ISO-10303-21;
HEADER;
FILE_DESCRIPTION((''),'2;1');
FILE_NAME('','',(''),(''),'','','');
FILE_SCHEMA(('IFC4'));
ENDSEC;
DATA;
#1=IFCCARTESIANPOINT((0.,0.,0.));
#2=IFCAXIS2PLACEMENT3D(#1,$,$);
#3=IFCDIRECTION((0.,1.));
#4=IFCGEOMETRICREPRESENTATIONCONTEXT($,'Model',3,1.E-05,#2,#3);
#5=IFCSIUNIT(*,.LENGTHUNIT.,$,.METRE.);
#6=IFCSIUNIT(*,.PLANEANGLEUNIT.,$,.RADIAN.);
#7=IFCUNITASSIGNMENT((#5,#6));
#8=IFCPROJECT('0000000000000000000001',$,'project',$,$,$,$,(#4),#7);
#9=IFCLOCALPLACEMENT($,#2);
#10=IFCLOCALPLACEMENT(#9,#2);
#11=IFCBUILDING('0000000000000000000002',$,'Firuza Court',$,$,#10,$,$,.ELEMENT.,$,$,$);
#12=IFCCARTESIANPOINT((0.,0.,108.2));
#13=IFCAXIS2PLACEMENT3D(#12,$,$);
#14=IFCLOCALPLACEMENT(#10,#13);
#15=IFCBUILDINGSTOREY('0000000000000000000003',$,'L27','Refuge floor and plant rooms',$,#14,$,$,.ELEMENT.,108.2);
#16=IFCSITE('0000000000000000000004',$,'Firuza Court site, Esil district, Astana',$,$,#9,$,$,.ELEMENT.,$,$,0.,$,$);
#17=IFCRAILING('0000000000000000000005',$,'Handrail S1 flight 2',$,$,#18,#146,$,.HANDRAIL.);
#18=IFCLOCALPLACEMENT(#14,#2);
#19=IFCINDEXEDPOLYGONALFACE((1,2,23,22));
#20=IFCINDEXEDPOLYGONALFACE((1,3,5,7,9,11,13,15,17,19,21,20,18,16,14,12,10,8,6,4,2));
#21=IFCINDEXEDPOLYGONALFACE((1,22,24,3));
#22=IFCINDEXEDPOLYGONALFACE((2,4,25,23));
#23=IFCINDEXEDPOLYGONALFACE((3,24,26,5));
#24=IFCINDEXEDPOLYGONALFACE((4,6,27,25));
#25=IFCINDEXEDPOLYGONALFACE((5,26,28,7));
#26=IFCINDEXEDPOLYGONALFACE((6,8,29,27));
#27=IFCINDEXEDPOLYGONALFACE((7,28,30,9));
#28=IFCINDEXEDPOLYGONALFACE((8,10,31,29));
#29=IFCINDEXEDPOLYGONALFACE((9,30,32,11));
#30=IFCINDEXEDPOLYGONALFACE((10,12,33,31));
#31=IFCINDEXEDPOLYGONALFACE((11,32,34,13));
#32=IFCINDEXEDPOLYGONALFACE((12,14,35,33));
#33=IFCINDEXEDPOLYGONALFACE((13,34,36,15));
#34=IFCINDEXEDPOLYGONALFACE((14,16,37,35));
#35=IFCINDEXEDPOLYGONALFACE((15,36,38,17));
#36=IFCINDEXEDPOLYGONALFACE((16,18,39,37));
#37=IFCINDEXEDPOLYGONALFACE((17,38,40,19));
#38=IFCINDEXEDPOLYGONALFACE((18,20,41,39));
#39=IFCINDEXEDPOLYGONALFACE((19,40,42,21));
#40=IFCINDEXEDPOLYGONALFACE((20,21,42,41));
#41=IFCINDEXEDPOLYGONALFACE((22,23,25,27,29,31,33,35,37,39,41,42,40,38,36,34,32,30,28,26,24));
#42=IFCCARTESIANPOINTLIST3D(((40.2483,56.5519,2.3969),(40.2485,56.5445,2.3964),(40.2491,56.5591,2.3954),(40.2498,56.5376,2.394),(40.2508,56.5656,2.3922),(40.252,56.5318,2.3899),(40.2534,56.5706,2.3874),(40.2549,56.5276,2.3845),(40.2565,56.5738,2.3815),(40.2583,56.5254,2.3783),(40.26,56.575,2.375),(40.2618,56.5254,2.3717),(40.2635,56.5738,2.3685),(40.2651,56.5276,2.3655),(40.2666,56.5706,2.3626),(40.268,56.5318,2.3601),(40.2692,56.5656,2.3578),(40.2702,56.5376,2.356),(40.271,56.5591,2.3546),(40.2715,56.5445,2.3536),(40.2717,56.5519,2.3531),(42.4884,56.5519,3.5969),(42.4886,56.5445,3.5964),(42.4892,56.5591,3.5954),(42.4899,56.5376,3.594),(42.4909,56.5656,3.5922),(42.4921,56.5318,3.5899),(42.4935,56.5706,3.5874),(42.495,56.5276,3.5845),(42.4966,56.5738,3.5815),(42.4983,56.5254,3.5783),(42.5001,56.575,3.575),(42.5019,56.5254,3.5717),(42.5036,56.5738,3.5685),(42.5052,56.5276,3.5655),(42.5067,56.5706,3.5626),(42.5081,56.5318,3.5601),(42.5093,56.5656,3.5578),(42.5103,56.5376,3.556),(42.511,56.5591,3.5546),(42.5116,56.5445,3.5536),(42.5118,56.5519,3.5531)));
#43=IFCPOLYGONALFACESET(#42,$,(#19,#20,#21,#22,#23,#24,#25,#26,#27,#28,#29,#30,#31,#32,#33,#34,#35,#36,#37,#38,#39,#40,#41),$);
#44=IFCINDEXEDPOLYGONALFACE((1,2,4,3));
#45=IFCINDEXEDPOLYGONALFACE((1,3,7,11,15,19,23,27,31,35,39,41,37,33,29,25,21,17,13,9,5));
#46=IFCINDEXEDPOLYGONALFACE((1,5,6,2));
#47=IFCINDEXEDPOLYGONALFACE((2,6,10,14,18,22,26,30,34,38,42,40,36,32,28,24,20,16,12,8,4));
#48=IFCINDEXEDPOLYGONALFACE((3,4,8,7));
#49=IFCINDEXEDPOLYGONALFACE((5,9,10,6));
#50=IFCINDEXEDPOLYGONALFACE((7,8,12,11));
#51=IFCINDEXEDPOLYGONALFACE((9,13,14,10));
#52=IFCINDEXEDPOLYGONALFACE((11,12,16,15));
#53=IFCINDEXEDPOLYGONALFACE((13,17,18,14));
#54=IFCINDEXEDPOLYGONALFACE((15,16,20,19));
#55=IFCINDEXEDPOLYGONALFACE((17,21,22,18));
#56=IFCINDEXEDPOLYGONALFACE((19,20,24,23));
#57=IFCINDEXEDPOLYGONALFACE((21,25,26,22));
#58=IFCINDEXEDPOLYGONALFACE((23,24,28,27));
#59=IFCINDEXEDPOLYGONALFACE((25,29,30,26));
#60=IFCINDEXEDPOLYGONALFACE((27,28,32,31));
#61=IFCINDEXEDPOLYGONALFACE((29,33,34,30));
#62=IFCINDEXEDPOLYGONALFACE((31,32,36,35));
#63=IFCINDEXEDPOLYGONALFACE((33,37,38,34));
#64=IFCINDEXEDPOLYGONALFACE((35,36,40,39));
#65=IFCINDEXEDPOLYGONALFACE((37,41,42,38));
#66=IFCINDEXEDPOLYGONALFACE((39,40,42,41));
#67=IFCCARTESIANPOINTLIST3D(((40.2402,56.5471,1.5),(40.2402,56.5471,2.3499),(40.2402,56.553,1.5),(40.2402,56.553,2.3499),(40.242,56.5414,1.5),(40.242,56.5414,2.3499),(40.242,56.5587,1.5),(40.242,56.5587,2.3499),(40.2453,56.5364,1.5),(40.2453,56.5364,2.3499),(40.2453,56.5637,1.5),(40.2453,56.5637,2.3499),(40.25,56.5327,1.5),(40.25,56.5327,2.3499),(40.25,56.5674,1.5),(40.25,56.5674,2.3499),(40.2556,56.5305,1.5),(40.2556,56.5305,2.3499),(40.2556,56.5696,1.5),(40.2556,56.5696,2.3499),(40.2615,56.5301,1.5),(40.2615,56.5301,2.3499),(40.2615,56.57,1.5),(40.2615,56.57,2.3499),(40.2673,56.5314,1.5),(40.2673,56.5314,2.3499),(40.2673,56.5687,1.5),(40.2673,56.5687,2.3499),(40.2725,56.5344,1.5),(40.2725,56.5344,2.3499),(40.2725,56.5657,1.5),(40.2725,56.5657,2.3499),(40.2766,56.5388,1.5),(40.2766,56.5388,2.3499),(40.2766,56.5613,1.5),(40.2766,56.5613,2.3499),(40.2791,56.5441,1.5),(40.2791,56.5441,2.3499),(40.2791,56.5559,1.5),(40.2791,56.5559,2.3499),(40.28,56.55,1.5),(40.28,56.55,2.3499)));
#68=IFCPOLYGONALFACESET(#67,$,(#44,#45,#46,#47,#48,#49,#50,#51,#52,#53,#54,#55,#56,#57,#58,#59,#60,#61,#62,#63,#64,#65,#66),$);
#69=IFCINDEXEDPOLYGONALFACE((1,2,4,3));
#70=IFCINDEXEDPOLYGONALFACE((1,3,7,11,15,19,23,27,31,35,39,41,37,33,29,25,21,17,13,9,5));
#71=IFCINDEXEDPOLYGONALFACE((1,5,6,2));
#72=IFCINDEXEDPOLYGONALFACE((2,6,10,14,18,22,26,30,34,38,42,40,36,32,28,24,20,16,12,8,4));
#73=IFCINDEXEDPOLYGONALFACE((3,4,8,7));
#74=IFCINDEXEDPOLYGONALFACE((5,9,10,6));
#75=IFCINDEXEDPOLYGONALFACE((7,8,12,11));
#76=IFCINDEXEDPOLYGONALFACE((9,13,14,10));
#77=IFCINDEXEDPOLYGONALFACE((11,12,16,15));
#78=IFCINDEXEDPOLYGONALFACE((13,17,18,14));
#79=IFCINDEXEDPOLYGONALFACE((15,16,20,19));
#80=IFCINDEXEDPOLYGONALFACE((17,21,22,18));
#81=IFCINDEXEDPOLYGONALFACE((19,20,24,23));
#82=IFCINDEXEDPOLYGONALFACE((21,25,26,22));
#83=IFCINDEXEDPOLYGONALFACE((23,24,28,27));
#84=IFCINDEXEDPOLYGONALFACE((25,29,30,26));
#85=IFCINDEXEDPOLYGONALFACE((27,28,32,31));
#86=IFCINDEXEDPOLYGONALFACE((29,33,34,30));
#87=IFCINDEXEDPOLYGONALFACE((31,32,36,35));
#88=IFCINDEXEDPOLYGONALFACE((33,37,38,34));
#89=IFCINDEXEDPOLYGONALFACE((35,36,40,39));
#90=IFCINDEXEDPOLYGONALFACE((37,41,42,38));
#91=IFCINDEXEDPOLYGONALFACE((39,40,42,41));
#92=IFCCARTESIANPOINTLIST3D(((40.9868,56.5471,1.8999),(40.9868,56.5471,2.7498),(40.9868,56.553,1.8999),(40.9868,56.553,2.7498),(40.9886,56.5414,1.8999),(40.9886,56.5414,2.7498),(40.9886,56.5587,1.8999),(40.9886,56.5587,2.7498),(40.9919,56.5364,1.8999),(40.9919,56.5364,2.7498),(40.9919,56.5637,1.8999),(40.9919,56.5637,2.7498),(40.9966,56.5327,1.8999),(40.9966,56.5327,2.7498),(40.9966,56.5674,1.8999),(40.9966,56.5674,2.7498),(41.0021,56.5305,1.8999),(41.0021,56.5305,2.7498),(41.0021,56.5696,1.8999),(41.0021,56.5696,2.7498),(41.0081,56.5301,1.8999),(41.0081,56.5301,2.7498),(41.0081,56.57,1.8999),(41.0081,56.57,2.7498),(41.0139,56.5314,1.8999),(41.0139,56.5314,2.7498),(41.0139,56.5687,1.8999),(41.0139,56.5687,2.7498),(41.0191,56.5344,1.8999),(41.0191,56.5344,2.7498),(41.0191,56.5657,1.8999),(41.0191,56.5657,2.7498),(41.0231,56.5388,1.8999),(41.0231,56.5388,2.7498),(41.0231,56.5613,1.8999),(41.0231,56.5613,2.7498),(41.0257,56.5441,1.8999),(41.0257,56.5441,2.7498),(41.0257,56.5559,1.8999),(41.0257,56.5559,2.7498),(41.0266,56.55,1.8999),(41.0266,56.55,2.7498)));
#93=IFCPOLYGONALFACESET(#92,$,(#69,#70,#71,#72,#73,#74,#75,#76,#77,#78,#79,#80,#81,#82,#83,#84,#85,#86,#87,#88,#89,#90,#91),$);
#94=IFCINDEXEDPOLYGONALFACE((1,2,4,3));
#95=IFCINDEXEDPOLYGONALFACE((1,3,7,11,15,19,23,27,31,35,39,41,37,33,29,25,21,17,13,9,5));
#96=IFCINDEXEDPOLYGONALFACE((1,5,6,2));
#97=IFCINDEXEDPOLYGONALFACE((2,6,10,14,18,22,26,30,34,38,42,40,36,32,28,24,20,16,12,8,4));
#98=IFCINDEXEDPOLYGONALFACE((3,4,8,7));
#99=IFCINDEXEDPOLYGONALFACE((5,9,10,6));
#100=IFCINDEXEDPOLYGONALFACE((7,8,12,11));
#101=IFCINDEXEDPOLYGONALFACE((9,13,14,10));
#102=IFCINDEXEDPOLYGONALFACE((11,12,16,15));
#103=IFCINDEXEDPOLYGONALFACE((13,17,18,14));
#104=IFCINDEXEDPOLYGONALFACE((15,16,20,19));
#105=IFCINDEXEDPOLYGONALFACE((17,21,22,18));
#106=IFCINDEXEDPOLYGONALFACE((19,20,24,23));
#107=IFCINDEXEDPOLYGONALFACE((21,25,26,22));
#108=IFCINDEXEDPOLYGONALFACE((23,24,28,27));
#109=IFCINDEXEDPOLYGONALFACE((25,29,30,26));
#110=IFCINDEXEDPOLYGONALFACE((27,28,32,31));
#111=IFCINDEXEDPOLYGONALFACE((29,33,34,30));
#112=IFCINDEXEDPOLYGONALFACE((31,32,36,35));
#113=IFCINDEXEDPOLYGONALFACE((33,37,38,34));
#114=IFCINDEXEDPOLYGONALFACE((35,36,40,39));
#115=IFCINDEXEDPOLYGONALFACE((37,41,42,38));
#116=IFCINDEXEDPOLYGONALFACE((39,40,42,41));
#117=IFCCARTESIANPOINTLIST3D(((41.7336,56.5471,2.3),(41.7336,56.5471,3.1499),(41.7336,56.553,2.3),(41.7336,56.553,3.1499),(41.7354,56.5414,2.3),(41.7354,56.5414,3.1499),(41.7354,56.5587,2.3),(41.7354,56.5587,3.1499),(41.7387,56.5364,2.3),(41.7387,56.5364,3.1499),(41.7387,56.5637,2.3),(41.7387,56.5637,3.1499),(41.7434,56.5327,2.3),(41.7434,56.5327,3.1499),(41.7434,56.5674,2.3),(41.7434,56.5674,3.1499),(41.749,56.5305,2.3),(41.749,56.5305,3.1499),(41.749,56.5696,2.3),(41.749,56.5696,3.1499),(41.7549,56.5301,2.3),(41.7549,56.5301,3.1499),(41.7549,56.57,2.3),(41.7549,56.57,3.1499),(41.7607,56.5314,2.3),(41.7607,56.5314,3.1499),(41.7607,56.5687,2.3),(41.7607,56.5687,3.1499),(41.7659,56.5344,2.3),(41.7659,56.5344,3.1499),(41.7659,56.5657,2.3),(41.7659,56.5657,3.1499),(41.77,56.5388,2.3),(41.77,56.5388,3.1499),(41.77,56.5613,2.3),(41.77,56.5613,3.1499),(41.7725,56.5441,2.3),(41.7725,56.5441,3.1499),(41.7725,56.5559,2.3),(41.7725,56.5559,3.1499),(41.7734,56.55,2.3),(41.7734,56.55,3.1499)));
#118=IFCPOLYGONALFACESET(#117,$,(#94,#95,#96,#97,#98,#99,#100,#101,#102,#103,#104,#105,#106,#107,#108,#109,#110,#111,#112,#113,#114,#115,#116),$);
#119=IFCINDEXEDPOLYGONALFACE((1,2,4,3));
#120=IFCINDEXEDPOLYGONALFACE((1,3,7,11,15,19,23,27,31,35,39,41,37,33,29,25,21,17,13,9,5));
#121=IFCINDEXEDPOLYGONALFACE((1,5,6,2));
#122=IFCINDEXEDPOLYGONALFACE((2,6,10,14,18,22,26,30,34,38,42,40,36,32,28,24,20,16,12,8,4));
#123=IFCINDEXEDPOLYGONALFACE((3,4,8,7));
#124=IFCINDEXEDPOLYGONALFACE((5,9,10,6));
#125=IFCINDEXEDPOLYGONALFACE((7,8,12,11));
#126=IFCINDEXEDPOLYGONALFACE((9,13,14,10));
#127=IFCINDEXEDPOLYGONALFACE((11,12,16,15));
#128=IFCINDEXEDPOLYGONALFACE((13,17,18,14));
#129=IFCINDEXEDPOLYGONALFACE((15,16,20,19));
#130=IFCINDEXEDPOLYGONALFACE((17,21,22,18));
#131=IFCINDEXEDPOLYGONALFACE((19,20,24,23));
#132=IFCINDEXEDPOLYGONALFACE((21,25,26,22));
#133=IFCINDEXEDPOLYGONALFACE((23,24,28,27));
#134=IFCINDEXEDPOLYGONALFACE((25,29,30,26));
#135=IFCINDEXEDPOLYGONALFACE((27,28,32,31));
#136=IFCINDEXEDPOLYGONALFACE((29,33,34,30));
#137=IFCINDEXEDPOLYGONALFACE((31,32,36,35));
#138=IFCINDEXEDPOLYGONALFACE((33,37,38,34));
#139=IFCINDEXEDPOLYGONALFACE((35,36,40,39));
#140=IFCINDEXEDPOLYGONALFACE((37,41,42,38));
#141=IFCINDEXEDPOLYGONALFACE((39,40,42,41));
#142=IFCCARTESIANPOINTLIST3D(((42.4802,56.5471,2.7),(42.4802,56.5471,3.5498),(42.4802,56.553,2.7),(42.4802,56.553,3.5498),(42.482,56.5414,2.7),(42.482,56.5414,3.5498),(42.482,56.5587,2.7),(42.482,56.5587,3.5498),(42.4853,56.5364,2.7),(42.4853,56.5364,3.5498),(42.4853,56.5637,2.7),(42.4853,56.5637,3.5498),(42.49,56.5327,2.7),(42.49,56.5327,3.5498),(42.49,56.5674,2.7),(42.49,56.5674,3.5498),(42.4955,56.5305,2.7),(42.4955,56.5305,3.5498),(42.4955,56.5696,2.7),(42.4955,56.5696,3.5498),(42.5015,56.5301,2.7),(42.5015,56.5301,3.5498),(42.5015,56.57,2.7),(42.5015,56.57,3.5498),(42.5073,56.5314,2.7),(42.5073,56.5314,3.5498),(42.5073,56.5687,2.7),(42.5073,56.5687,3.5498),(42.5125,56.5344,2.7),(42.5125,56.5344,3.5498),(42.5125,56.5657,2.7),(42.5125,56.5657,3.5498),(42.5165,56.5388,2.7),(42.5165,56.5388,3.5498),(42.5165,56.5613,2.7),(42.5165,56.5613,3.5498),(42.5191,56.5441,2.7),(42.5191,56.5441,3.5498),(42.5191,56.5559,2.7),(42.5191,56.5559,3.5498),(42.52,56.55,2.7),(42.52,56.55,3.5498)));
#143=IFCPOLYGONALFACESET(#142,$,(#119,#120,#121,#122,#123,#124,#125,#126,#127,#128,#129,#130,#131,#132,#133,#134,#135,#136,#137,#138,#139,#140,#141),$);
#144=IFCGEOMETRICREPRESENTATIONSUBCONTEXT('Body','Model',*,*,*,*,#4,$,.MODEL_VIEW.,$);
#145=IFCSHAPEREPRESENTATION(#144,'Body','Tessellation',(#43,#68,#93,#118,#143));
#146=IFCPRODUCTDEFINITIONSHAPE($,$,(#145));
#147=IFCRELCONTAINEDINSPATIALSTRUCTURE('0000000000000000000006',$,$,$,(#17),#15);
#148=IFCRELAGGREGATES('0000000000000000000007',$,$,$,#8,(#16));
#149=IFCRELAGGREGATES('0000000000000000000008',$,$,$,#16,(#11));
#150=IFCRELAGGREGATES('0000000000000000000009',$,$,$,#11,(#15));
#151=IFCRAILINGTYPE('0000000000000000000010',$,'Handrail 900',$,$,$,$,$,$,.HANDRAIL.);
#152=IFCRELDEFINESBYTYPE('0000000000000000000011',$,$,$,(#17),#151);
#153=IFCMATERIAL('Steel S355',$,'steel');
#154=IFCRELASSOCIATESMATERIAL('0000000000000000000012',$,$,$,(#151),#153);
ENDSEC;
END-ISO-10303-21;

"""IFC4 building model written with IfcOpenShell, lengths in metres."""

from ifc_helpers import new_model, si_unit, direction, frame, origin, origin_2d, place, context, subcontext, project, spatial, circle, extrude, material, type_object, element, save


model = new_model("IFC4")

# Units and contexts
model_context = context("Model", 3, precision=1e-05, world=origin(), true_north=direction((0.0, 1.0)))
body_context = subcontext(model_context, "Body", "Model", "MODEL_VIEW")
ifc_project = project(units=[si_unit("LENGTHUNIT", "METRE"), si_unit("PLANEANGLEUNIT", "RADIAN")], contexts=[model_context])

# Site, building, storey
site_placement = place(None, origin())
site = spatial("IfcSite", under=ifc_project, at=site_placement, Name="Firuza Court site, Esil district, Astana", CompositionType="ELEMENT", RefElevation=0.0)
building_placement = place(site_placement, origin())
building = spatial("IfcBuilding", under=site, at=building_placement, Name="Firuza Court", CompositionType="ELEMENT")
storey_placement = place(building_placement, frame((0.0, 0.0, 108.2)))
storey = spatial("IfcBuildingStorey", under=building, at=storey_placement, Name="L27", Description="Refuge floor and plant rooms", CompositionType="ELEMENT", Elevation=108.2)

# Railing
ifc_material_1 = material(Name="Steel S355", Category="steel")
railing_type_1 = type_object("IfcRailingType", Name="Handrail 900", PredefinedType="HANDRAIL", material=ifc_material_1)
railing_1_placement = place(storey_placement, frame((40.26, 56.55, 1.5)))
element("IfcRailing", 1, at=railing_1_placement, inside=storey, type_object=railing_type_1, Name="Handrail S1 flight 2", PredefinedType="HANDRAIL", context=body_context, shape_type="SweptSolid", body=[
    extrude(circle(Radius=0.0249, at=origin_2d()), frame((0.0, 0.0, 0.875), z_axis=(0.881487, 0.0, 0.472208), x_axis=(0.0, 1.0, 0.0)), (0.0, 0.0, 1.0), 2.5413),
    extrude(circle(Radius=0.02, at=origin_2d()), origin(), (0.0, 0.0, 1.0), 0.8499),
    extrude(circle(Radius=0.02, at=origin_2d()), frame((0.7466, 0.0, 0.3999)), (0.0, 0.0, 1.0), 0.8499),
    extrude(circle(Radius=0.02, at=origin_2d()), frame((1.4934, 0.0, 0.8)), (0.0, 0.0, 1.0), 0.8499),
    extrude(circle(Radius=0.02, at=origin_2d()), frame((2.24, 0.0, 1.2)), (0.0, 0.0, 1.0), 0.8499),
])

save(model, "model.ifc")
